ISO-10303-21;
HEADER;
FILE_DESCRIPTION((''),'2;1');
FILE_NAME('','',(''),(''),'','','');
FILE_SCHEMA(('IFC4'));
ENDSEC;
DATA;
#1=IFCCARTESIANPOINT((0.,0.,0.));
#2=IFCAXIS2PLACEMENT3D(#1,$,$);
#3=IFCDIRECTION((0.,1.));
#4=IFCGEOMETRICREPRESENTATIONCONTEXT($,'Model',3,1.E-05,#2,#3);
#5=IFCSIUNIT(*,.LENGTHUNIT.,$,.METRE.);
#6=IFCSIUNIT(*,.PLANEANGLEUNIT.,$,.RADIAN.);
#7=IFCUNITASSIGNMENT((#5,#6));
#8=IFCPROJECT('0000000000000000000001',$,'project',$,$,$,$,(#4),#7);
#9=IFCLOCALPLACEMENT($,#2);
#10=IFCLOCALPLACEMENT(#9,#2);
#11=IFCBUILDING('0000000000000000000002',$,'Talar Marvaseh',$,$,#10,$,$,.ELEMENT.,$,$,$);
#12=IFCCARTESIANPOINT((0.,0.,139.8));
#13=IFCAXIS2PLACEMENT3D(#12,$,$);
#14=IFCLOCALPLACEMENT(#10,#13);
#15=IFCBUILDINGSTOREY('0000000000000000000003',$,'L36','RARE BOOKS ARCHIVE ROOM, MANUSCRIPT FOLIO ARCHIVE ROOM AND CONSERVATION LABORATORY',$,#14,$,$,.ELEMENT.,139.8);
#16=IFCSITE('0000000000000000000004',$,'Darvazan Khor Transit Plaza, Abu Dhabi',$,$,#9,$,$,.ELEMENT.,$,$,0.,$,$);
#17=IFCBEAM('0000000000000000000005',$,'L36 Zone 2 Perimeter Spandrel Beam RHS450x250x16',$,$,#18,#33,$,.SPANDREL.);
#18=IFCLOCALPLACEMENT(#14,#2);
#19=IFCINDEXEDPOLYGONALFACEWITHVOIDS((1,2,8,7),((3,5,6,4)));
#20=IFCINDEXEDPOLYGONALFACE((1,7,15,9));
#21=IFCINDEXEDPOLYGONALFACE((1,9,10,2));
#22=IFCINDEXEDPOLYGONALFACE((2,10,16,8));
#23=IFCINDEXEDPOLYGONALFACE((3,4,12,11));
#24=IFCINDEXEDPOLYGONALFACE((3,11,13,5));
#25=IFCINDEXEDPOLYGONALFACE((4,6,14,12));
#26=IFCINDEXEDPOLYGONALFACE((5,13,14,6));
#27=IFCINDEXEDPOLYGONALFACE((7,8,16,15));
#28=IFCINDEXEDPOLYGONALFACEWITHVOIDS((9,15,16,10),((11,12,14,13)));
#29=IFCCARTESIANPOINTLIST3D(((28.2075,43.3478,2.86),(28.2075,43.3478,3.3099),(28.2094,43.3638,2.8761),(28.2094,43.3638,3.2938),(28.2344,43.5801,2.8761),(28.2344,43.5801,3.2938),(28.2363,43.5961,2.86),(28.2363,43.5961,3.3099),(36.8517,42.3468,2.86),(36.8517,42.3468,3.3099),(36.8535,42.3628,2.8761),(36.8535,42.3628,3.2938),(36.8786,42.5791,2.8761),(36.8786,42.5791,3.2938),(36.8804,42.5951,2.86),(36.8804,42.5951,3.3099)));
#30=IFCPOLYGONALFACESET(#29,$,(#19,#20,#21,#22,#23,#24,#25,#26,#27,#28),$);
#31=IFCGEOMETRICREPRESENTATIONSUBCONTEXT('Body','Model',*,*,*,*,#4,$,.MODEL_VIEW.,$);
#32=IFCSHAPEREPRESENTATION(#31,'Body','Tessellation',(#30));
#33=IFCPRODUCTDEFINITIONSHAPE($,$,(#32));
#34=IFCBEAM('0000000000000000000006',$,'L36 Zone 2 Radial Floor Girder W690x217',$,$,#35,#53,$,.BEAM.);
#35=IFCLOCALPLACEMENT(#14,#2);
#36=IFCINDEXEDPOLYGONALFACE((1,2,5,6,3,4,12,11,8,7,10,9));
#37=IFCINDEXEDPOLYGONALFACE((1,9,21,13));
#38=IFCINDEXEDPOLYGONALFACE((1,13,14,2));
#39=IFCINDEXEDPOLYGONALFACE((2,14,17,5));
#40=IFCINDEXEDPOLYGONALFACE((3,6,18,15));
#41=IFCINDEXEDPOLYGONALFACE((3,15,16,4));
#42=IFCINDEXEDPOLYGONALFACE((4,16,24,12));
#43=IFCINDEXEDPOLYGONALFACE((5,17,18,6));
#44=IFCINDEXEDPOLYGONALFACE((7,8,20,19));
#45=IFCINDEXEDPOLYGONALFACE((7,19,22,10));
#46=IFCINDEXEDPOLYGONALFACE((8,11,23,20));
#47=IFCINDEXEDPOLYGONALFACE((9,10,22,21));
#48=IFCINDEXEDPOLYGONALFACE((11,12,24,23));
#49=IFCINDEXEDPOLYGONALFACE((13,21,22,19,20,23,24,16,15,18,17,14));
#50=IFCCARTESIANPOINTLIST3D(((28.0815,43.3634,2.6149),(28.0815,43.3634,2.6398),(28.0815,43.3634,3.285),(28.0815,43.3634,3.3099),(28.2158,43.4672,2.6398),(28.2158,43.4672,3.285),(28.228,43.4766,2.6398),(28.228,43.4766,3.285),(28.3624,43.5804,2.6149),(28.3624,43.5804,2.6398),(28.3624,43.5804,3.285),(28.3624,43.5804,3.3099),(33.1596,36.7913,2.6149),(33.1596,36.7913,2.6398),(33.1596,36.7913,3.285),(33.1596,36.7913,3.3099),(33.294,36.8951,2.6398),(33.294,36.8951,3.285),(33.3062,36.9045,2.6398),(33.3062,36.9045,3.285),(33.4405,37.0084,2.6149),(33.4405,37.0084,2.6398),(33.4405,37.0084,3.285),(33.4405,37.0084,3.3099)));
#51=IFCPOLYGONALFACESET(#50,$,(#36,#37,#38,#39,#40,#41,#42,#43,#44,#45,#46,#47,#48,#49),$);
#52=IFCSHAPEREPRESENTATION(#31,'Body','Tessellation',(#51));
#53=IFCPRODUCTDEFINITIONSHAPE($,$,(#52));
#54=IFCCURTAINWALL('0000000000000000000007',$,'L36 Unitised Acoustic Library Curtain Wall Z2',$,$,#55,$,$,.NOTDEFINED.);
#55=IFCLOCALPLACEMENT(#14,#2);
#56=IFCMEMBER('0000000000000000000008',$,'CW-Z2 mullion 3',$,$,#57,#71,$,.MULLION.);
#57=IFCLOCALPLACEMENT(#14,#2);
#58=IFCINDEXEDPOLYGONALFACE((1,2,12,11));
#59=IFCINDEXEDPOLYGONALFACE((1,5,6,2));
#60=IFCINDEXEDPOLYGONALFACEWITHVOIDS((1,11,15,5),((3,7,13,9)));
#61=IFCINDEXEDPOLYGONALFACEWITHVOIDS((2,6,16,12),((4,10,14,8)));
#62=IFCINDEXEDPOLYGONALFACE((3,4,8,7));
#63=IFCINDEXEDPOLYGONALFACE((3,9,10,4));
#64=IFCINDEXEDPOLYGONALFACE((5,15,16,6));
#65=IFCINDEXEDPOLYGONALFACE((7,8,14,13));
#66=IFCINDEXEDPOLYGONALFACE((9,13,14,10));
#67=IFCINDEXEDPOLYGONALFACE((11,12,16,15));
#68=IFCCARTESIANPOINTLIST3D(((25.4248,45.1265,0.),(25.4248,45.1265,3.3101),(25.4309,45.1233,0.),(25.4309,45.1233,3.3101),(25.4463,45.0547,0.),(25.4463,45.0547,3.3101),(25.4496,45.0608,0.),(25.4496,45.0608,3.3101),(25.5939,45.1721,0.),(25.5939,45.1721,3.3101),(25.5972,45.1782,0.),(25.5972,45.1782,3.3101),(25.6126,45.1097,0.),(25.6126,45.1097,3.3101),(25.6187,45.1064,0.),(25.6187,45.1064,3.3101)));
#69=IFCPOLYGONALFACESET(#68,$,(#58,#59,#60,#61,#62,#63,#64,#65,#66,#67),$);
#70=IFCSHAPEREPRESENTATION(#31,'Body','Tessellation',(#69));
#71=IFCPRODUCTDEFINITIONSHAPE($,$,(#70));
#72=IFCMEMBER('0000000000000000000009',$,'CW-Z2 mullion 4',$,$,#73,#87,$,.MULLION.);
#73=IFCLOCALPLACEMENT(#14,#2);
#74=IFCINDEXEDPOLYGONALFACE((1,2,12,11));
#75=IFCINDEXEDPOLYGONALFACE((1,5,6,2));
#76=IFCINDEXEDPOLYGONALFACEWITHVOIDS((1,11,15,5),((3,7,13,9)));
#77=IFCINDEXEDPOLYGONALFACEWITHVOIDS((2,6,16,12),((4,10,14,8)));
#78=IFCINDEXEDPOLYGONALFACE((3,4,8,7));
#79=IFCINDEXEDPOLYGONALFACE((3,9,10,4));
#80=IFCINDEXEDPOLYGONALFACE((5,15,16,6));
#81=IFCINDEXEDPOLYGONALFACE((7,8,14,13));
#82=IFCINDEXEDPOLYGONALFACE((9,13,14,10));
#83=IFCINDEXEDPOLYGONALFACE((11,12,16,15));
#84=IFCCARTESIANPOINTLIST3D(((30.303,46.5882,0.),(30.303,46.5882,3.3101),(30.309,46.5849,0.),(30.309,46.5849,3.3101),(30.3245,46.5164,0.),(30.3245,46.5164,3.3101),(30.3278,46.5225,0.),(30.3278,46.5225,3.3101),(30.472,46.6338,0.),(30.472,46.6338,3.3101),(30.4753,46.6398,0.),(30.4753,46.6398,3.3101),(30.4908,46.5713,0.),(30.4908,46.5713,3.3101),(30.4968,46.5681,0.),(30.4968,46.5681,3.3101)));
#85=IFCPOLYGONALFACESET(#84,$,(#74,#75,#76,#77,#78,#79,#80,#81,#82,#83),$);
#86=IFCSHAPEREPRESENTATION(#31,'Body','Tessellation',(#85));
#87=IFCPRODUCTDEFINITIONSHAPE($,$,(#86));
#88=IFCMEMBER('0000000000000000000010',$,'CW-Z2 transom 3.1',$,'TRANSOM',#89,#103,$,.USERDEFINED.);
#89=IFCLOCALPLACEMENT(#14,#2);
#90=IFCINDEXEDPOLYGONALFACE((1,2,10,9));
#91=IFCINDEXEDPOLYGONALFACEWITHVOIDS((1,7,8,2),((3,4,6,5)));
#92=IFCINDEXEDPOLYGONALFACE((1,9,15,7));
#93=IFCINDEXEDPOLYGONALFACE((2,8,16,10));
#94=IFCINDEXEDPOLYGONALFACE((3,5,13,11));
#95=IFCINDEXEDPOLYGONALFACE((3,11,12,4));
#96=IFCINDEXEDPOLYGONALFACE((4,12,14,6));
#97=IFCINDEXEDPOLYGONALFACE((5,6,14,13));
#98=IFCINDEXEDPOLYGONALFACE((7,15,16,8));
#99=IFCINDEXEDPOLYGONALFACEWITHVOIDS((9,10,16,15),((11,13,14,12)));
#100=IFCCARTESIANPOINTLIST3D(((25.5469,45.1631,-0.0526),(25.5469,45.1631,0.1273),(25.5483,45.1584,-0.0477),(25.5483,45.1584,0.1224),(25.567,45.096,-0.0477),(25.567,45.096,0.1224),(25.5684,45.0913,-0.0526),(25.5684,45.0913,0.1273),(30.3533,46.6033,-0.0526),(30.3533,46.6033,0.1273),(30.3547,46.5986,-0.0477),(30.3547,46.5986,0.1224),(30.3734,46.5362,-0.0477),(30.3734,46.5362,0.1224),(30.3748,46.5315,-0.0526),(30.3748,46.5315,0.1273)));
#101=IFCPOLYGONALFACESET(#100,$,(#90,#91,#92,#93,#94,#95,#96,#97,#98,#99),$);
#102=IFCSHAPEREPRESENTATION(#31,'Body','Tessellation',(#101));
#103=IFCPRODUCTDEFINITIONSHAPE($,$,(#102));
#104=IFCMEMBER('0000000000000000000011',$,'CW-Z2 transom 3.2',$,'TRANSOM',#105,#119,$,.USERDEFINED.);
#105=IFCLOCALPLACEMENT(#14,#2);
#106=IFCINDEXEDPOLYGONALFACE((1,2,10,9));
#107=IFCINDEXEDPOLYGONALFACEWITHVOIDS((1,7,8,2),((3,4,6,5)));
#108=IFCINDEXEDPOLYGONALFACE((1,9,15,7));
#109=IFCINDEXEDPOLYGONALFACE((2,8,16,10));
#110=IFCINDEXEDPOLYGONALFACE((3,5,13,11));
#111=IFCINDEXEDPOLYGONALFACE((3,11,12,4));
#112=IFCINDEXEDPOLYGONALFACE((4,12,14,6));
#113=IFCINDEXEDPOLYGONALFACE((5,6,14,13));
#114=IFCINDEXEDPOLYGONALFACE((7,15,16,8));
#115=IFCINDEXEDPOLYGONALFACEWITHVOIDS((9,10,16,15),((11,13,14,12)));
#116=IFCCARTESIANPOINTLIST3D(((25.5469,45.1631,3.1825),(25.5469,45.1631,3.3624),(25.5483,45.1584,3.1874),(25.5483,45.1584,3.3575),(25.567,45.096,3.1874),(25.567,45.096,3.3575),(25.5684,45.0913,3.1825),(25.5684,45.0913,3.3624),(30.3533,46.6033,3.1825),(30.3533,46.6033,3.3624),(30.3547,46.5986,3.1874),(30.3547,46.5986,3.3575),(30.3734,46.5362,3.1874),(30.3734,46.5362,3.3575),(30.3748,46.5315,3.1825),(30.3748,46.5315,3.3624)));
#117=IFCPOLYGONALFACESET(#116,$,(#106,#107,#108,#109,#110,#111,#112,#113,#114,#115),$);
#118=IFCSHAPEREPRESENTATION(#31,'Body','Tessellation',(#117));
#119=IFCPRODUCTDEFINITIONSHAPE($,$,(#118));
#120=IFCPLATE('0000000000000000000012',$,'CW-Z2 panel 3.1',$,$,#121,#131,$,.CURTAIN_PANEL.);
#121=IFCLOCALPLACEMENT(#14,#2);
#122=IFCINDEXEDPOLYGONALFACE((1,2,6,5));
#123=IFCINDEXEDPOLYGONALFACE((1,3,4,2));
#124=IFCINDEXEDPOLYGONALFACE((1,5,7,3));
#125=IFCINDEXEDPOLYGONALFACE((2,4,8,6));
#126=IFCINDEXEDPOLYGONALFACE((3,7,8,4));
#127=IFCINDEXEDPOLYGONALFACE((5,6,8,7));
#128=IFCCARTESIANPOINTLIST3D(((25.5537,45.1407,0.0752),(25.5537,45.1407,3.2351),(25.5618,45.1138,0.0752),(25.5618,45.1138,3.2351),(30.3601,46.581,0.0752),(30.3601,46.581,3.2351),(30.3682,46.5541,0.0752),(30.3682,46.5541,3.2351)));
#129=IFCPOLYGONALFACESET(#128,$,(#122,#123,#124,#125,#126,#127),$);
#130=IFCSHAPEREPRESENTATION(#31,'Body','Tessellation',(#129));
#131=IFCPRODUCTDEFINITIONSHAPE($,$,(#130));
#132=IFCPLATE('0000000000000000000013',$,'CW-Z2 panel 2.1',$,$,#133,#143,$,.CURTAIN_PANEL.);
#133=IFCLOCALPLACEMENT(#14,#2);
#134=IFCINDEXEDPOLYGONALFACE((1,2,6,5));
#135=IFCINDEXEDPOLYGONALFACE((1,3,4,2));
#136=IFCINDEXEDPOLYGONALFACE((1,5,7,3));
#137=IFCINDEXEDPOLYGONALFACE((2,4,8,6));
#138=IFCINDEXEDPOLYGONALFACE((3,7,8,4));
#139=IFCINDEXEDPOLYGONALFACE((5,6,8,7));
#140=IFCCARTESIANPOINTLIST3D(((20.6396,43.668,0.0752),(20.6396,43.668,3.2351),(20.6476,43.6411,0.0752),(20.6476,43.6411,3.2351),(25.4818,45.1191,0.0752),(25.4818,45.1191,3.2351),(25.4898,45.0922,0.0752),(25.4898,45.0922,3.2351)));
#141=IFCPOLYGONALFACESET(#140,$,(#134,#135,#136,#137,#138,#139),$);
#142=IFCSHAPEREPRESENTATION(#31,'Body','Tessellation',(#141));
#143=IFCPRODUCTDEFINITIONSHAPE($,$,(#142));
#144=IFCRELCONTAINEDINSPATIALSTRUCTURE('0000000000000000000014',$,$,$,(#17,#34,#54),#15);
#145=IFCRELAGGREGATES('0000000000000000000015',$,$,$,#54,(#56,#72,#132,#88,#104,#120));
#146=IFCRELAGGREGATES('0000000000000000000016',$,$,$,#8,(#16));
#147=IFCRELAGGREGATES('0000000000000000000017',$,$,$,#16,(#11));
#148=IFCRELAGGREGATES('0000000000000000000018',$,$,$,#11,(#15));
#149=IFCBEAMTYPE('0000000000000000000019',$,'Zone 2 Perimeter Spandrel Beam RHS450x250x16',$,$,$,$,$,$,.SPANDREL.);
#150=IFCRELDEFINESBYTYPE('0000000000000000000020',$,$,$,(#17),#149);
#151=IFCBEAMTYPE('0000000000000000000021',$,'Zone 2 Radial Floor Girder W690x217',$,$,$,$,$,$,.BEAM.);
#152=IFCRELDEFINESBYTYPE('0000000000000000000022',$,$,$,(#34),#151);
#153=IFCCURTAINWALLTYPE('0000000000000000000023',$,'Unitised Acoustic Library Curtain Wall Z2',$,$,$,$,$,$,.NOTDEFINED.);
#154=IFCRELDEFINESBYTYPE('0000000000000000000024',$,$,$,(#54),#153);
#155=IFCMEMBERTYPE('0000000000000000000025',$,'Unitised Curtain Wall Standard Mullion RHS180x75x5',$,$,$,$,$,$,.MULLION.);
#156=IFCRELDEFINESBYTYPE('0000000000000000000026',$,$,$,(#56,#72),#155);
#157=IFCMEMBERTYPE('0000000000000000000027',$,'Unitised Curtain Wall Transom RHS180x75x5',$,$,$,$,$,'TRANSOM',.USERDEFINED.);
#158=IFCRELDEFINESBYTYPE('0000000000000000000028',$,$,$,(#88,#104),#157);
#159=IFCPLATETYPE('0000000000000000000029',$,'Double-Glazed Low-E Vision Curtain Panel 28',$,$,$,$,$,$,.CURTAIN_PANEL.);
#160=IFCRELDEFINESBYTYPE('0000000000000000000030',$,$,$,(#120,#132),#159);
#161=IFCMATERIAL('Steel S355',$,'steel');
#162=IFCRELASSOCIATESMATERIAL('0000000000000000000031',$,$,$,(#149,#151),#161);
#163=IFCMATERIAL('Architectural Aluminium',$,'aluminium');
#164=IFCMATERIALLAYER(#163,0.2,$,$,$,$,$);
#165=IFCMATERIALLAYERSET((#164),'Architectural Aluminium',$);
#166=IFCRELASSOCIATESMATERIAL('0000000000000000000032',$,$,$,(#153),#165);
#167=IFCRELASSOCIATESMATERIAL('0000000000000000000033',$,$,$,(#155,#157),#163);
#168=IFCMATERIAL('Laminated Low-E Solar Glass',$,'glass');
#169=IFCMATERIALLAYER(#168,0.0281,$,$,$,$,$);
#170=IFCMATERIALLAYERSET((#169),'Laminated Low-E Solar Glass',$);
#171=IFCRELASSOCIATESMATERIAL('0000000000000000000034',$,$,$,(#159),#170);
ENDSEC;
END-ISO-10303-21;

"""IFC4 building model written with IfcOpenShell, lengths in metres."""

from ifc_helpers import new_model, si_unit, direction, frame, origin, origin_2d, place, context, subcontext, project, spatial, rectangle, hollow_rectangle, i_section, extrude, source, transform, mapped, material, layer, layer_set, material_profile, profile_set, type_object, type_shapes, element, aggregate, save


model = new_model("IFC4")

# Units and contexts
model_context = context("Model", 3, precision=1e-05, world=origin(), true_north=direction((0.0, 1.0)))
body_context = subcontext(model_context, "Body", "Model", "MODEL_VIEW")
ifc_project = project(units=[si_unit("LENGTHUNIT", "METRE"), si_unit("PLANEANGLEUNIT", "RADIAN")], contexts=[model_context])

# Site, building, storey
site_placement = place(None, origin())
site = spatial("IfcSite", under=ifc_project, at=site_placement, Name="Darvazan Khor Transit Plaza, Abu Dhabi", CompositionType="ELEMENT", RefElevation=0.0)
building_placement = place(site_placement, origin())
building = spatial("IfcBuilding", under=site, at=building_placement, Name="Talar Marvaseh", CompositionType="ELEMENT")
storey_placement = place(building_placement, frame((0.0, 0.0, 139.8)))
storey = spatial("IfcBuildingStorey", under=building, at=storey_placement, Name="L36", Description="RARE BOOKS ARCHIVE ROOM, MANUSCRIPT FOLIO ARCHIVE ROOM AND CONSERVATION LABORATORY", CompositionType="ELEMENT", Elevation=139.8)

# Beams
ifc_material_1 = material(Name="Steel S355", Category="steel")
ifc_material_profile_1 = material_profile(ifc_material_1, hollow_rectangle(XDim=0.25, YDim=0.45, WallThickness=0.0161, at=origin_2d()), Name="RHS450x250x16")
ifc_profile_set_1 = profile_set([ifc_material_profile_1], Name="Steel S355")
beam_type_1 = type_object("IfcBeamType", Name="Zone 2 Perimeter Spandrel Beam RHS450x250x16", PredefinedType="SPANDREL", material=ifc_profile_set_1)
beam_1_placement = place(storey_placement, frame((28.2219, 43.4719, 3.085), z_axis=(0.993362, -0.115031, 0.0), x_axis=(0.115031, 0.993362, 0.0)))
element("IfcBeam", 1, at=beam_1_placement, inside=storey, type_object=beam_type_1, Name="L36 Zone 2 Perimeter Spandrel Beam RHS450x250x16", PredefinedType="SPANDREL", context=body_context, shape_type="SweptSolid", body=[
    extrude(hollow_rectangle(XDim=0.25, YDim=0.45, WallThickness=0.0161, at=origin_2d()), origin(), (0.0, 0.0, 1.0), 8.7019),
])
ifc_material_profile_2 = material_profile(ifc_material_1, i_section(OverallWidth=0.355, OverallDepth=0.6951, WebThickness=0.0154, FlangeThickness=0.0249, at=origin_2d()), Name="W690x217")
ifc_profile_set_2 = profile_set([ifc_material_profile_2], Name="Steel S355")
beam_type_2 = type_object("IfcBeamType", Name="Zone 2 Radial Floor Girder W690x217", PredefinedType="BEAM", material=ifc_profile_set_2)
beam_2_placement = place(storey_placement, frame((28.2219, 43.4719, 2.9624), z_axis=(0.611428, -0.7913, 0.0), x_axis=(0.7913, 0.611428, 0.0)))
element("IfcBeam", 2, at=beam_2_placement, inside=storey, type_object=beam_type_2, Name="L36 Zone 2 Radial Floor Girder W690x217", PredefinedType="BEAM", context=body_context, shape_type="SweptSolid", body=[
    extrude(i_section(OverallWidth=0.355, OverallDepth=0.6951, WebThickness=0.0154, FlangeThickness=0.0249, at=origin_2d()), origin(), (0.0, 0.0, 1.0), 8.3054),
])

# Curtain wall, members, plates
ifc_material_2 = material(Name="Architectural Aluminium", Category="aluminium")
ifc_layer_1 = layer(ifc_material_2, 0.2)
ifc_layer_set_1 = layer_set([ifc_layer_1], Name="Architectural Aluminium")
curtain_wall_type = type_object("IfcCurtainWallType", Name="Unitised Acoustic Library Curtain Wall Z2", PredefinedType="NOTDEFINED", material=ifc_layer_set_1)
curtain_wall_placement = place(storey_placement, origin())
curtain_wall = element("IfcCurtainWall", 3, at=curtain_wall_placement, inside=storey, type_object=curtain_wall_type, Name="L36 Unitised Acoustic Library Curtain Wall Z2", PredefinedType="NOTDEFINED")
ifc_material_profile_3 = material_profile(ifc_material_2, hollow_rectangle(XDim=0.075, YDim=0.1799, WallThickness=0.0049, at=origin_2d()), Name="RHS180x75x5")
ifc_profile_set_3 = profile_set([ifc_material_profile_3], Name="Architectural Aluminium")
member_type_1 = type_object("IfcMemberType", Name="Unitised Curtain Wall Standard Mullion RHS180x75x5", PredefinedType="MULLION", material=ifc_profile_set_3)
shared_shape_1 = source(origin(), body_context, "Body", "SweptSolid", [
    extrude(hollow_rectangle(XDim=0.075, YDim=0.1799, WallThickness=0.0049, at=origin_2d()), origin(), (0.0, 0.0, 1.0), 3.3101),
])
type_shapes(member_type_1, [shared_shape_1])
member_1_placement = place(storey_placement, frame((25.5217, 45.1165, 0.0), z_axis=(0.0, 0.0, 1.0), x_axis=(-0.287061, 0.957912, 0.0)))
member_1 = element("IfcMember", 4, at=member_1_placement, type_object=member_type_1, Name="CW-Z2 mullion 3", PredefinedType="MULLION", context=body_context, shape_type="MappedRepresentation", body=[
    mapped(shared_shape_1, transform((0.0, 0.0, 0.0), x_axis=(1.0, 0.0, 0.0), y_axis=(0.0, 1.0, 0.0), z_axis=(0.0, 0.0, 1.0), scale=1.0)),
])
member_2_placement = place(storey_placement, frame((30.3999, 46.5781, 0.0), z_axis=(0.0, 0.0, 1.0), x_axis=(-0.287061, 0.957912, 0.0)))
member_2 = element("IfcMember", 5, at=member_2_placement, type_object=member_type_1, Name="CW-Z2 mullion 4", PredefinedType="MULLION", context=body_context, shape_type="MappedRepresentation", body=[
    mapped(shared_shape_1, transform((0.0, 0.0, 0.0), x_axis=(1.0, 0.0, 0.0), y_axis=(0.0, 1.0, 0.0), z_axis=(0.0, 0.0, 1.0), scale=1.0)),
])
ifc_material_profile_4 = material_profile(ifc_material_2, hollow_rectangle(XDim=0.075, YDim=0.1799, WallThickness=0.0049, at=origin_2d()), Name="RHS180x75x5")
ifc_profile_set_4 = profile_set([ifc_material_profile_4], Name="Architectural Aluminium")
member_type_2 = type_object("IfcMemberType", Name="Unitised Curtain Wall Transom RHS180x75x5", ElementType="TRANSOM", PredefinedType="USERDEFINED", material=ifc_profile_set_4)
shared_shape_2 = source(origin(), body_context, "Body", "SweptSolid", [
    extrude(hollow_rectangle(XDim=0.075, YDim=0.1799, WallThickness=0.0049, at=origin_2d()), origin(), (0.0, 0.0, 1.0), 5.0176),
])
type_shapes(member_type_2, [shared_shape_2])
member_3_placement = place(storey_placement, frame((25.5576, 45.1272, 0.0374), z_axis=(0.957921, 0.287031, 0.0), x_axis=(-0.287031, 0.957921, 0.0)))
member_3 = element("IfcMember", 6, at=member_3_placement, type_object=member_type_2, Name="CW-Z2 transom 3.1", ObjectType="TRANSOM", PredefinedType="USERDEFINED", context=body_context, shape_type="MappedRepresentation", body=[
    mapped(shared_shape_2, transform((0.0, 0.0, 0.0), x_axis=(1.0, 0.0, 0.0), y_axis=(0.0, 1.0, 0.0), z_axis=(0.0, 0.0, 1.0), scale=1.0)),
])
member_4_placement = place(storey_placement, frame((25.5576, 45.1272, 3.2725), z_axis=(0.957921, 0.287031, 0.0), x_axis=(-0.287031, 0.957921, 0.0)))
member_4 = element("IfcMember", 7, at=member_4_placement, type_object=member_type_2, Name="CW-Z2 transom 3.2", ObjectType="TRANSOM", PredefinedType="USERDEFINED", context=body_context, shape_type="MappedRepresentation", body=[
    mapped(shared_shape_2, transform((0.0, 0.0, 0.0), x_axis=(1.0, 0.0, 0.0), y_axis=(0.0, 1.0, 0.0), z_axis=(0.0, 0.0, 1.0), scale=1.0)),
])
ifc_material_3 = material(Name="Laminated Low-E Solar Glass", Category="glass")
ifc_layer_2 = layer(ifc_material_3, 0.0281)
ifc_layer_set_2 = layer_set([ifc_layer_2], Name="Laminated Low-E Solar Glass")
plate_type = type_object("IfcPlateType", Name="Double-Glazed Low-E Vision Curtain Panel 28", PredefinedType="CURTAIN_PANEL", material=ifc_layer_set_2)
shared_shape_3 = source(origin(), body_context, "Body", "SweptSolid", [
    extrude(rectangle(XDim=5.0176, YDim=0.0281, at=origin_2d()), origin(), (0.0, 0.0, 1.0), 3.1599),
])
plate_1_placement = place(storey_placement, frame((27.9609, 45.8474, 0.0752), z_axis=(0.0, 0.0, 1.0), x_axis=(0.957912, 0.287061, 0.0)))
plate_1 = element("IfcPlate", 8, at=plate_1_placement, type_object=plate_type, Name="CW-Z2 panel 3.1", PredefinedType="CURTAIN_PANEL", context=body_context, shape_type="MappedRepresentation", body=[
    mapped(shared_shape_3, transform((0.0, 0.0, 0.0), x_axis=(1.0, 0.0, 0.0), y_axis=(0.0, 1.0, 0.0), z_axis=(0.0, 0.0, 1.0), scale=1.0)),
])
shared_shape_4 = source(origin(), body_context, "Body", "SweptSolid", [
    extrude(rectangle(XDim=5.0549, YDim=0.0281, at=origin_2d()), origin(), (0.0, 0.0, 1.0), 3.1599),
])
type_shapes(plate_type, [shared_shape_3, shared_shape_4])
plate_2_placement = place(storey_placement, frame((23.0647, 44.3801, 0.0752), z_axis=(0.0, 0.0, 1.0), x_axis=(0.957912, 0.287061, 0.0)))
plate_2 = element("IfcPlate", 9, at=plate_2_placement, type_object=plate_type, Name="CW-Z2 panel 2.1", PredefinedType="CURTAIN_PANEL", context=body_context, shape_type="MappedRepresentation", body=[
    mapped(shared_shape_4, transform((0.0, 0.0, 0.0), x_axis=(1.0, 0.0, 0.0), y_axis=(0.0, 1.0, 0.0), z_axis=(0.0, 0.0, 1.0), scale=1.0)),
])
aggregate(curtain_wall, [member_1, member_2, plate_2, member_3, member_4, plate_1])

save(model, "model.ifc")
